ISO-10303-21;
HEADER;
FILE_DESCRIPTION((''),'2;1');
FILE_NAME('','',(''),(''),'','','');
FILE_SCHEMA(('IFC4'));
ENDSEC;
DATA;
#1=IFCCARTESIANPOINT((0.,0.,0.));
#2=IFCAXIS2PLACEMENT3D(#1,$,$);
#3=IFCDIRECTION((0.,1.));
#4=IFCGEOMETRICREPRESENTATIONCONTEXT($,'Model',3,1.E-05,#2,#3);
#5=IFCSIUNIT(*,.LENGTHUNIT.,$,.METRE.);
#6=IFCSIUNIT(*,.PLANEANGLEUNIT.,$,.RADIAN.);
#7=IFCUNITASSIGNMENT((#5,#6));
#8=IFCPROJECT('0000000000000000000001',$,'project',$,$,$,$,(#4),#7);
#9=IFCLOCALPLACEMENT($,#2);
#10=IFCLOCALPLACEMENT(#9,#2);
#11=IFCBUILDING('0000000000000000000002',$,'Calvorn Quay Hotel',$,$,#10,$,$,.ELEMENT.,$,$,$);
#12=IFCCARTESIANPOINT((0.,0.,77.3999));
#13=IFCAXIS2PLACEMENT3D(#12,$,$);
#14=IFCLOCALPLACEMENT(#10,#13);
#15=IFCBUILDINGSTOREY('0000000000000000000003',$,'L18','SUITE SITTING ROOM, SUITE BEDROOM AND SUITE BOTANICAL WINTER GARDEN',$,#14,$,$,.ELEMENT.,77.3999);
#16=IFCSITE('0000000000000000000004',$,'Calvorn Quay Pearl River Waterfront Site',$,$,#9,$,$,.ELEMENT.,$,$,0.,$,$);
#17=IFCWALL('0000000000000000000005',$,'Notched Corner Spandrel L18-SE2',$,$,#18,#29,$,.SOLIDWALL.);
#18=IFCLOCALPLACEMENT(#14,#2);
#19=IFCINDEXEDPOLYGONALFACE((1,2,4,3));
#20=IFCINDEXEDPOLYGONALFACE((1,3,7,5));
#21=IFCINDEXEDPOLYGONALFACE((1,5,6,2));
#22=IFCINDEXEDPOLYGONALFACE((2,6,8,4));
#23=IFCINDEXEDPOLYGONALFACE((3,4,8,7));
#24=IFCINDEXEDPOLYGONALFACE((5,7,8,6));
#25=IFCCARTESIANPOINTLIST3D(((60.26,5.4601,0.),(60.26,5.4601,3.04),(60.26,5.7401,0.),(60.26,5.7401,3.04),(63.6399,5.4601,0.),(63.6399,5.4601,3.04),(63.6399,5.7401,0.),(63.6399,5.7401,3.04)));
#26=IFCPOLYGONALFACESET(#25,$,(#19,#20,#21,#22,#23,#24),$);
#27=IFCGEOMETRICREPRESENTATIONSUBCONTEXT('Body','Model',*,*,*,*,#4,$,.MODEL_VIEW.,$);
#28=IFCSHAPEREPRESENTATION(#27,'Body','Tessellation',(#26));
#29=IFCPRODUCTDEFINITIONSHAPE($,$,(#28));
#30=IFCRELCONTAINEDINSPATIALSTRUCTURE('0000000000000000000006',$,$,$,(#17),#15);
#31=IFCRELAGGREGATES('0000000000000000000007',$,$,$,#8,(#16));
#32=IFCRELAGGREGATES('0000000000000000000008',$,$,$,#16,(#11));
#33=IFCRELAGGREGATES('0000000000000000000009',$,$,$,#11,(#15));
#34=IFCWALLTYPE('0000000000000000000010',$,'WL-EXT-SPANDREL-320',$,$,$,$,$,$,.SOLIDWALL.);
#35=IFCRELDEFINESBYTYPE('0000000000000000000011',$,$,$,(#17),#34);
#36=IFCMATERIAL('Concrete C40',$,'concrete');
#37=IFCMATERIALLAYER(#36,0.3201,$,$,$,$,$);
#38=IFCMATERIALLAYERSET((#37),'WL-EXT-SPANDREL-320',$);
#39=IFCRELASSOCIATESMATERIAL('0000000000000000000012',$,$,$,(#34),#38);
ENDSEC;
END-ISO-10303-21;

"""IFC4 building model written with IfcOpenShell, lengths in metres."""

from ifc_helpers import new_model, si_unit, direction, frame, frame_2d, origin, place, context, subcontext, project, spatial, rectangle, extrude, material, layer, layer_set, type_object, element, save


model = new_model("IFC4")

# Units and contexts
model_context = context("Model", 3, precision=1e-05, world=origin(), true_north=direction((0.0, 1.0)))
body_context = subcontext(model_context, "Body", "Model", "MODEL_VIEW")
ifc_project = project(units=[si_unit("LENGTHUNIT", "METRE"), si_unit("PLANEANGLEUNIT", "RADIAN")], contexts=[model_context])

# Site, building, storey
site_placement = place(None, origin())
site = spatial("IfcSite", under=ifc_project, at=site_placement, Name="Calvorn Quay Pearl River Waterfront Site", CompositionType="ELEMENT", RefElevation=0.0)
building_placement = place(site_placement, origin())
building = spatial("IfcBuilding", under=site, at=building_placement, Name="Calvorn Quay Hotel", CompositionType="ELEMENT")
storey_placement = place(building_placement, frame((0.0, 0.0, 77.3999)))
storey = spatial("IfcBuildingStorey", under=building, at=storey_placement, Name="L18", Description="SUITE SITTING ROOM, SUITE BEDROOM AND SUITE BOTANICAL WINTER GARDEN", CompositionType="ELEMENT", Elevation=77.3999)

# Wall
ifc_material_1 = material(Name="Concrete C40", Category="concrete")
ifc_layer_1 = layer(ifc_material_1, 0.3201)
ifc_layer_set_1 = layer_set([ifc_layer_1], Name="WL-EXT-SPANDREL-320")
wall_type_1 = type_object("IfcWallType", Name="WL-EXT-SPANDREL-320", PredefinedType="SOLIDWALL", material=ifc_layer_set_1)
wall_1_placement = place(storey_placement, frame((60.26, 5.6001, 0.0), z_axis=(0.0, 0.0, 1.0), x_axis=(1.0, 0.0, 0.0)))
element("IfcWall", 1, at=wall_1_placement, inside=storey, type_object=wall_type_1, Name="Notched Corner Spandrel L18-SE2", PredefinedType="SOLIDWALL", context=body_context, shape_type="SweptSolid", body=[
    extrude(rectangle(XDim=3.3799, YDim=0.28, at=frame_2d((1.6899, 0.0))), origin(), (0.0, 0.0, 1.0), 3.04),
])

save(model, "model.ifc")
